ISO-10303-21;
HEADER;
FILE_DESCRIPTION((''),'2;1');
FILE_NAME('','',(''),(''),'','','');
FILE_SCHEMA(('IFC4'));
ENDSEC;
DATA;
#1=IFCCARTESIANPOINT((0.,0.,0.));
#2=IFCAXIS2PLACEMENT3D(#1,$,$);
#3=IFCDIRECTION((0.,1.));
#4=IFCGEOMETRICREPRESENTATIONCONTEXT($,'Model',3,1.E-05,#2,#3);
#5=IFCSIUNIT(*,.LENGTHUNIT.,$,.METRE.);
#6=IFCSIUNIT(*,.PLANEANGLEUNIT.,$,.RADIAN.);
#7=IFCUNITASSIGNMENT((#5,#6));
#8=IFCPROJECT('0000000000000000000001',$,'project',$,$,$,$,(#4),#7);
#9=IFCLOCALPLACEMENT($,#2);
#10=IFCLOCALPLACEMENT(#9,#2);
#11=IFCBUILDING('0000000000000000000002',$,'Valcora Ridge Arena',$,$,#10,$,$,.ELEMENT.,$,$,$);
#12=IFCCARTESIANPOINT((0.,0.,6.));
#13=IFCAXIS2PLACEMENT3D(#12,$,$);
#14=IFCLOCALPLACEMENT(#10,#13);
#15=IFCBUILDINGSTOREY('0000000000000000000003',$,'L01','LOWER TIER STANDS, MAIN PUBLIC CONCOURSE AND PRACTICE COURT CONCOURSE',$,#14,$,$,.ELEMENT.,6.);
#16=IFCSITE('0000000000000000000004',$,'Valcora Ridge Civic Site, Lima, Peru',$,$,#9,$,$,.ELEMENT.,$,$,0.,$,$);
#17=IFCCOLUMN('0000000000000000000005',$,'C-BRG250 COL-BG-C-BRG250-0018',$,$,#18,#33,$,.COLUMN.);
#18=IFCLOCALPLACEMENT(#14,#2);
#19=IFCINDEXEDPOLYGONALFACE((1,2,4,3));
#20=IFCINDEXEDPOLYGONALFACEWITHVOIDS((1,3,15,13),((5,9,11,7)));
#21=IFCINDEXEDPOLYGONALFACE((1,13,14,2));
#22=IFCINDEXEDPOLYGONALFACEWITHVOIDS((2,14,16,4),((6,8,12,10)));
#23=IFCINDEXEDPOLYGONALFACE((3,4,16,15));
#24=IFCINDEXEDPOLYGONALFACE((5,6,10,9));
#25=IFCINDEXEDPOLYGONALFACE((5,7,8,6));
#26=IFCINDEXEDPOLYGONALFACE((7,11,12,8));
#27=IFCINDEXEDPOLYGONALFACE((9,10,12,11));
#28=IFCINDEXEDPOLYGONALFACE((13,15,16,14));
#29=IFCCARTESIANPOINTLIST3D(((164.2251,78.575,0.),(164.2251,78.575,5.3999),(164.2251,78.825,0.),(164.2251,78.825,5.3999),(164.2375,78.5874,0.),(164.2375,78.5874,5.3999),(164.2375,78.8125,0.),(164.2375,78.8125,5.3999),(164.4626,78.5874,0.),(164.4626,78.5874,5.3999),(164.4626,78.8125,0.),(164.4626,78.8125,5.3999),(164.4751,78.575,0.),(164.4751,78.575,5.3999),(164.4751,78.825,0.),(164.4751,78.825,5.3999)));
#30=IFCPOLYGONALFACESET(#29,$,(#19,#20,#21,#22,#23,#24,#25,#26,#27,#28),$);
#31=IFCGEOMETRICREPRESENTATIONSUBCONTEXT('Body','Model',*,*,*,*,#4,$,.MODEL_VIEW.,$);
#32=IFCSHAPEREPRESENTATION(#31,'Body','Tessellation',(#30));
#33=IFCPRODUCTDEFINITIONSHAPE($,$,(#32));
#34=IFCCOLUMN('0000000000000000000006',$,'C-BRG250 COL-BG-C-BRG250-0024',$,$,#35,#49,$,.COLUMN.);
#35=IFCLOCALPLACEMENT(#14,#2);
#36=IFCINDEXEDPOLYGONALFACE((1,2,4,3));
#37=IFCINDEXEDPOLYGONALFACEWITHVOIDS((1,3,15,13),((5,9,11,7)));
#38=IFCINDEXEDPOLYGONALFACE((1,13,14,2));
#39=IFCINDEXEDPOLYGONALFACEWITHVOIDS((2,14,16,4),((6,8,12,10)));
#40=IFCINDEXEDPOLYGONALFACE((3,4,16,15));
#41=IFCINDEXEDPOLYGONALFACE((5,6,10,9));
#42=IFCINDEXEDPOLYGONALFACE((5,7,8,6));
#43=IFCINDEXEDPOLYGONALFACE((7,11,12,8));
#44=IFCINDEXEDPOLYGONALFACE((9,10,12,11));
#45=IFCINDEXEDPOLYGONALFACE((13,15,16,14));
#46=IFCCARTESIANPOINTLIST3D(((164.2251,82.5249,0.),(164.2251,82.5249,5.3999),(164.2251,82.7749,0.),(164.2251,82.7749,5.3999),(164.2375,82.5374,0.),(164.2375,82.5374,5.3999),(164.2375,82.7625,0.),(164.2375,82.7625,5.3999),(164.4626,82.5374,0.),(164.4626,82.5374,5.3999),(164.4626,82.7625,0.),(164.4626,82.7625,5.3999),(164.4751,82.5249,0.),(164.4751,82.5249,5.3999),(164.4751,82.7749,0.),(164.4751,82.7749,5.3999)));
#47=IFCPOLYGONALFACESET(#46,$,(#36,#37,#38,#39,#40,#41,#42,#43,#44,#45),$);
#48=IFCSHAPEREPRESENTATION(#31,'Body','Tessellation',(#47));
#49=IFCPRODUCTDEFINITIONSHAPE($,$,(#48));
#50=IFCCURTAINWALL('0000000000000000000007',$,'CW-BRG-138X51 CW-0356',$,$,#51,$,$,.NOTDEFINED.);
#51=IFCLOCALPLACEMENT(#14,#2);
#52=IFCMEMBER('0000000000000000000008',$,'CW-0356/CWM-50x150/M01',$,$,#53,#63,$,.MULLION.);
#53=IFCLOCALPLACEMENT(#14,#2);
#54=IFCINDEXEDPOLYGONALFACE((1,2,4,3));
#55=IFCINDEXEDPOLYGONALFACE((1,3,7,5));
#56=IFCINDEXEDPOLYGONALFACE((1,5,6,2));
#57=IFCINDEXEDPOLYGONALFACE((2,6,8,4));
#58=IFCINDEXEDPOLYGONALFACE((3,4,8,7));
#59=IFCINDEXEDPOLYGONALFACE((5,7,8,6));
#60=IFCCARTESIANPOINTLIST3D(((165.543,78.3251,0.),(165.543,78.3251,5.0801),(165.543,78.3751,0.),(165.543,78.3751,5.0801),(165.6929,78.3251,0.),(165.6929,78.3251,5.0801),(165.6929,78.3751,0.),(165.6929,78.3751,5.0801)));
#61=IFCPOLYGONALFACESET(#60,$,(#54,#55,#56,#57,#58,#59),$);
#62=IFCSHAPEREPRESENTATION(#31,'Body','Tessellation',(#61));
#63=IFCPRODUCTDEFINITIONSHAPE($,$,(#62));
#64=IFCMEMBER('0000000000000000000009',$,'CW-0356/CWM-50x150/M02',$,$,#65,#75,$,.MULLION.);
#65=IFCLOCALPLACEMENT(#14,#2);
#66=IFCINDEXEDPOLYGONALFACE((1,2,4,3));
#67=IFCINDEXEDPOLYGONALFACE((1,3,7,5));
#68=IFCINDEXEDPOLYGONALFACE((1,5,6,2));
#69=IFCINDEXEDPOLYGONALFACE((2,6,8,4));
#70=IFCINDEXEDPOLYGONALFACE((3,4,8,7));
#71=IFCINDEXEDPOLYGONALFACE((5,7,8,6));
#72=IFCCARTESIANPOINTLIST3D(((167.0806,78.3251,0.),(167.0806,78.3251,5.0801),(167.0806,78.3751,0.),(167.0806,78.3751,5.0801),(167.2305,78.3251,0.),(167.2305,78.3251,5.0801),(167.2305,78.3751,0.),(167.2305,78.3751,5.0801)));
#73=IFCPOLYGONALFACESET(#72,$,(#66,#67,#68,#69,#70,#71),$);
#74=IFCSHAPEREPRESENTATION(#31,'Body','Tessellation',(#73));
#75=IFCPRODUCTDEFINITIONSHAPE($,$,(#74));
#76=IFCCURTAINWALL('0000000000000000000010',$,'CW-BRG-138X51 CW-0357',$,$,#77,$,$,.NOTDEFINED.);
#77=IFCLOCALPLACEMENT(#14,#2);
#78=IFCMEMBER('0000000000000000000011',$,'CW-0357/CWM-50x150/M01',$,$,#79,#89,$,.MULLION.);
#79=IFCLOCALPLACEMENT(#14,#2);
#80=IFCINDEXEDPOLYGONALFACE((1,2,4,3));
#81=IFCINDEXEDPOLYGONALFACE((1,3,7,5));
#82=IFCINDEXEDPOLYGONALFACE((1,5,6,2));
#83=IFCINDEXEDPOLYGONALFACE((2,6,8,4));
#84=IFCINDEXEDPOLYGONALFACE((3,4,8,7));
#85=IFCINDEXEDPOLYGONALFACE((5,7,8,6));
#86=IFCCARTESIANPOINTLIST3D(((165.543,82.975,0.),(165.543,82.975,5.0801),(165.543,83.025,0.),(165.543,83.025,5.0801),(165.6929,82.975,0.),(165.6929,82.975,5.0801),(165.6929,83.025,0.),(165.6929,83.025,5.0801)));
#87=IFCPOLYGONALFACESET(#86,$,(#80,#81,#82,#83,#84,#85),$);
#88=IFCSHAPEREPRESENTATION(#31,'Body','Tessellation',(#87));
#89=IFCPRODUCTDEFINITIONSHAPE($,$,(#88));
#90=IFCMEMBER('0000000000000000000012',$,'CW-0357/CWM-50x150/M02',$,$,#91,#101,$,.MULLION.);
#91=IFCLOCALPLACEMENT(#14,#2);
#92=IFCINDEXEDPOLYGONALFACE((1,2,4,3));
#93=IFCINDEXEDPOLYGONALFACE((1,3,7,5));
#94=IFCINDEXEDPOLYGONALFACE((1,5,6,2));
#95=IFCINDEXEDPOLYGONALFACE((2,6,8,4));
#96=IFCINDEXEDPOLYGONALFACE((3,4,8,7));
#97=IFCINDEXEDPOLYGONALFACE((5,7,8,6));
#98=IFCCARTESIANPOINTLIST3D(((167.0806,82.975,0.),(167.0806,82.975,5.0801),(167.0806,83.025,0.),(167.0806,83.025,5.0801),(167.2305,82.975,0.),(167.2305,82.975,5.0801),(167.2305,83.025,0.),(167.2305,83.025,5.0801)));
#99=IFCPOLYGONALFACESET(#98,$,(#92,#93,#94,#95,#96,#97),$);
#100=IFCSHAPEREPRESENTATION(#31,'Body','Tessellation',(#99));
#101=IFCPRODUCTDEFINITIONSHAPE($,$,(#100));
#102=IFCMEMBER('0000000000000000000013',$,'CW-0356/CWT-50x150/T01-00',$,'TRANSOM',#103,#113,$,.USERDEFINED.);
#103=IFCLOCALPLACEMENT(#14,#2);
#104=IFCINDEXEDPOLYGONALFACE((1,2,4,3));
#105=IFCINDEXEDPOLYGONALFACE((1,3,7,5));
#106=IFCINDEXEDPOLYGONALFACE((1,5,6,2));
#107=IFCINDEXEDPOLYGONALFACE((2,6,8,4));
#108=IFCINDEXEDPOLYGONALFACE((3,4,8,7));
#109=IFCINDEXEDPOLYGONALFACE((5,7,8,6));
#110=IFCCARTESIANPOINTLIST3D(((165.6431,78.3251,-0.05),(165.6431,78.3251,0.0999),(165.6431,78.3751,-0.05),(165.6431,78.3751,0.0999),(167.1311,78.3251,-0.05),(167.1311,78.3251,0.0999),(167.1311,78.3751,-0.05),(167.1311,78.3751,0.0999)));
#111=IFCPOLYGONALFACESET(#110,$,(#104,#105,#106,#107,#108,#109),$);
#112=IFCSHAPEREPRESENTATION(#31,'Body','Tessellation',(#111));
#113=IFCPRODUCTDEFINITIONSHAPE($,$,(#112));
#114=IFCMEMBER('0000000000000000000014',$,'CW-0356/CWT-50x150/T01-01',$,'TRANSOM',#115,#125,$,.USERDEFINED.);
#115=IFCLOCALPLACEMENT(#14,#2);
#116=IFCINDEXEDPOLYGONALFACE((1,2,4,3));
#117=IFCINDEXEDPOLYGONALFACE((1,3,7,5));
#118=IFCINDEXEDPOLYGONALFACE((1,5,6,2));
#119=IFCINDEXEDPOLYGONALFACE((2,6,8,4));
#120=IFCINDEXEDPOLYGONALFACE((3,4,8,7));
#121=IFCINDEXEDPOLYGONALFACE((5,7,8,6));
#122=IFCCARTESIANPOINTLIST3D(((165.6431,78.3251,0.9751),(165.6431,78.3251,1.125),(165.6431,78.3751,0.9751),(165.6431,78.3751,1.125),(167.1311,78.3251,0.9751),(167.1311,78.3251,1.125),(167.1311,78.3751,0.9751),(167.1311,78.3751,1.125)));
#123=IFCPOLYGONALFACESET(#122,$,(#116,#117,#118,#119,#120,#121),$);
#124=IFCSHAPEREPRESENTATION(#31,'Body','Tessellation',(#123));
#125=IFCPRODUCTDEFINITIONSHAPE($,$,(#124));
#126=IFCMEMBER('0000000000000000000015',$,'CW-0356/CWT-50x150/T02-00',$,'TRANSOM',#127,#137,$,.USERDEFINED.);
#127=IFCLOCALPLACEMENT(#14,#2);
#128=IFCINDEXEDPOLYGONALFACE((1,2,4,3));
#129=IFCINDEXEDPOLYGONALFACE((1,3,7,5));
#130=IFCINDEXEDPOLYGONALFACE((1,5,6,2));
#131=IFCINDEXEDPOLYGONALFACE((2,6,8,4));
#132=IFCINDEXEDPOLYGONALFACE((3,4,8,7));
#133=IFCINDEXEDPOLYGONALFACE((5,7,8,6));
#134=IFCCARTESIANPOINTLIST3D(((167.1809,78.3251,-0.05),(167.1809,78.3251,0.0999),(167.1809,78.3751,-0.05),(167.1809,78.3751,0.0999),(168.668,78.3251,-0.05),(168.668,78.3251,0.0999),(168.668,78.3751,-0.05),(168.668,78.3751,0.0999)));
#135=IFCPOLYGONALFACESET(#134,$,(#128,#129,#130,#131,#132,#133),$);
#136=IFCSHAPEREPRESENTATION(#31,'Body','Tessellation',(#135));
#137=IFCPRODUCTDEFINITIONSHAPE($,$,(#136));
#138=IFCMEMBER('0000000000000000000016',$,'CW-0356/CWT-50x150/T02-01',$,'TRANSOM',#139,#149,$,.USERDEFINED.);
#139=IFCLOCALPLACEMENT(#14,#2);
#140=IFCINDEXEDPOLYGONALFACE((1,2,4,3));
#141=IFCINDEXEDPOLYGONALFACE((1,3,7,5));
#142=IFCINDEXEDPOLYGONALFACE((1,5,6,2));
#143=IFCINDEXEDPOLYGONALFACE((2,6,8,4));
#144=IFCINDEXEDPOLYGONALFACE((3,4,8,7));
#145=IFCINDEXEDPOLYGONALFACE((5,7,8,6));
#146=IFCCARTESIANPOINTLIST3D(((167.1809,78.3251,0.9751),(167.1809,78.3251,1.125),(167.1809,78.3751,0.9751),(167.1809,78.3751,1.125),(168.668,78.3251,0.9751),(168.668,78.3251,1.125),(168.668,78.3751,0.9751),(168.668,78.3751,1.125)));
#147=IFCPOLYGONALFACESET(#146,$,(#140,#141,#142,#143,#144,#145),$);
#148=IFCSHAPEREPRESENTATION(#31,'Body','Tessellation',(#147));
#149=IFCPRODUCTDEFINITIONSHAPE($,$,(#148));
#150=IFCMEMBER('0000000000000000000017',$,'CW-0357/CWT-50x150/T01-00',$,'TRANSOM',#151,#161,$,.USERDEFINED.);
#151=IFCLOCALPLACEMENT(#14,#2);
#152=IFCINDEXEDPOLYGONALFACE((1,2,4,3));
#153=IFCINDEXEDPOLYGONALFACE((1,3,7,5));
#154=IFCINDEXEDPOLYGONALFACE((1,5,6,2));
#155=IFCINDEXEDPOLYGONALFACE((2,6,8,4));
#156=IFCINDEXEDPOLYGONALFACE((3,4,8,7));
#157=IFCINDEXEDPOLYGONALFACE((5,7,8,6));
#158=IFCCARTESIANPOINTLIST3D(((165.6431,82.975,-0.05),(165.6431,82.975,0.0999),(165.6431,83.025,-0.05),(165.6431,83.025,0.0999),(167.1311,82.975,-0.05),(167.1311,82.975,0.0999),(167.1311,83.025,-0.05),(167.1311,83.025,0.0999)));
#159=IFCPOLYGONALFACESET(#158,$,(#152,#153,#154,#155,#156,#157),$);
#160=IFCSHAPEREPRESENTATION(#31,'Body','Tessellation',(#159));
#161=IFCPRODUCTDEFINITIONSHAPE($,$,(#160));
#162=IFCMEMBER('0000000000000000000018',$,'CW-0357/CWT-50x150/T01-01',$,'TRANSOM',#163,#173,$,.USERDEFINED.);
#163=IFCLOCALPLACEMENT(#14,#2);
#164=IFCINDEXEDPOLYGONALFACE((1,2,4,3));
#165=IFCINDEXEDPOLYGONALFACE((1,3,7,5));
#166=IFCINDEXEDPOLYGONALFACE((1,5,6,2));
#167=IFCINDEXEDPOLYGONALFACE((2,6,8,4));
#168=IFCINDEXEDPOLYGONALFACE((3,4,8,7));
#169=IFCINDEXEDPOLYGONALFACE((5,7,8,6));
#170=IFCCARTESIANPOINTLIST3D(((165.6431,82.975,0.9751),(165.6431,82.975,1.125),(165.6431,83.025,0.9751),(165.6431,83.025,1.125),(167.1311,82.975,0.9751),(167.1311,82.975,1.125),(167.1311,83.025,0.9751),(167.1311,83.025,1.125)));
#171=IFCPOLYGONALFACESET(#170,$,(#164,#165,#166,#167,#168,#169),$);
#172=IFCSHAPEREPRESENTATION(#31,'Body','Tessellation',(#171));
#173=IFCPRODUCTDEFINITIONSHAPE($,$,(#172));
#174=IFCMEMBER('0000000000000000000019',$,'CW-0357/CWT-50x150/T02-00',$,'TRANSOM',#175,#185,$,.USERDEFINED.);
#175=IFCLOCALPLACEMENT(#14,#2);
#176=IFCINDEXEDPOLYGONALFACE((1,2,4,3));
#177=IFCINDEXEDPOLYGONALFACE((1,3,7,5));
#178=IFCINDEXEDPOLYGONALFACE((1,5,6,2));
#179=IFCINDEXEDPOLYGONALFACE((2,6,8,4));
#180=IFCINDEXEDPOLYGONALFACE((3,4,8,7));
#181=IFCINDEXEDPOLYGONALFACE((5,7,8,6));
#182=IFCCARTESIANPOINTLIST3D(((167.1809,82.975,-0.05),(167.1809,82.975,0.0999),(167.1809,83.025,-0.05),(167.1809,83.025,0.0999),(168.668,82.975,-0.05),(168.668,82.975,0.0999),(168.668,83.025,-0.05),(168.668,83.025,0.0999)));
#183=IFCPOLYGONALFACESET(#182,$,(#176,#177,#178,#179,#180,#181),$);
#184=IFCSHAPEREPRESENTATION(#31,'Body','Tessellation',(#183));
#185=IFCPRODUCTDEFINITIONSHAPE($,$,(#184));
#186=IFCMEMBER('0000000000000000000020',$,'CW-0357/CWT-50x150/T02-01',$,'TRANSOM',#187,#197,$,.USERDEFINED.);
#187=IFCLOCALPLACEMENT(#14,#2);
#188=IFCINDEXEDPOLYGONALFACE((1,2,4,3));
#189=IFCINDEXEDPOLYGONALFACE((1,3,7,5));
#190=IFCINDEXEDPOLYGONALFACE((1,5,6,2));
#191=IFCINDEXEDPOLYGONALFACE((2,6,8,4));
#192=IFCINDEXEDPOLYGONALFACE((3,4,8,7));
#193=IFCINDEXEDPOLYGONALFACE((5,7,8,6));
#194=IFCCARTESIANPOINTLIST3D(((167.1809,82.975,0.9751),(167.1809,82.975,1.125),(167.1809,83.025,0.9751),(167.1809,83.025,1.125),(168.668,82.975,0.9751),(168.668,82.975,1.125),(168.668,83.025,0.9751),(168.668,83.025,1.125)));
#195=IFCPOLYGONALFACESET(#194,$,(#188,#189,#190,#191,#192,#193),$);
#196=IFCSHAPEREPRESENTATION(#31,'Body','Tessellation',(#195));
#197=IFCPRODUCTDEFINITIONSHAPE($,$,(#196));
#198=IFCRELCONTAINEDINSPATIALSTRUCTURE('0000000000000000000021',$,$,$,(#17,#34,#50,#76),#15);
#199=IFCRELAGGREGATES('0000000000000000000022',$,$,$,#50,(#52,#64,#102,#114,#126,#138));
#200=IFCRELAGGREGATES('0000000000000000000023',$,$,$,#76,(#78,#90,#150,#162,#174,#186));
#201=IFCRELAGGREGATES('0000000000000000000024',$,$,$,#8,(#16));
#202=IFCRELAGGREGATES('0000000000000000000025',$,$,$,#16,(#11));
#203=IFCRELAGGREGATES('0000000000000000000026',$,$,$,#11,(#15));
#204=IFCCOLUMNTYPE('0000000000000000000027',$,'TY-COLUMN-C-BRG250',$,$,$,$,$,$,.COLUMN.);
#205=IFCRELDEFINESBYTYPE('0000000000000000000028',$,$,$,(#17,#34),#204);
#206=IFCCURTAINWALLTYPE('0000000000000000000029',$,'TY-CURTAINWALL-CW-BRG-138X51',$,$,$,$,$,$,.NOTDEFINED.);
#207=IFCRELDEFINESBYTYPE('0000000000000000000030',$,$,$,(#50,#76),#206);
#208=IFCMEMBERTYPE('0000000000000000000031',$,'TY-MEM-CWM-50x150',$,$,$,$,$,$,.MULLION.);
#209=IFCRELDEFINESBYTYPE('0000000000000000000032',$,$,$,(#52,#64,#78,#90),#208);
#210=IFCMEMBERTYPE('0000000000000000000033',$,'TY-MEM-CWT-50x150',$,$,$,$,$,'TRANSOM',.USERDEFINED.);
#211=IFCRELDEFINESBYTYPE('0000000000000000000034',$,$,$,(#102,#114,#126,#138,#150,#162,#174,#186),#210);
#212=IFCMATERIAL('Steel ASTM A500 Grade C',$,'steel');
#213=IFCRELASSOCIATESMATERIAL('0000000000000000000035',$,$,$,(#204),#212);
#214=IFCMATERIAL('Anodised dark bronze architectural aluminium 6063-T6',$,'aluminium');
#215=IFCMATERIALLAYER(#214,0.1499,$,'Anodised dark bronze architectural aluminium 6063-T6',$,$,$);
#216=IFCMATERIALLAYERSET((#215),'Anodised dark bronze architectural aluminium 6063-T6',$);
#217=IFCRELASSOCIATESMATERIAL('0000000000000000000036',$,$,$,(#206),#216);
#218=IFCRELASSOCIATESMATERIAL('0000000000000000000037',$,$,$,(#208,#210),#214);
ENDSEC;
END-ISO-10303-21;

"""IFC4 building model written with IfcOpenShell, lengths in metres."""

from ifc_helpers import new_model, si_unit, direction, frame, origin, origin_2d, place, context, subcontext, project, spatial, rectangle, hollow_rectangle, extrude, material, layer, layer_set, material_profile, profile_set, type_object, element, aggregate, save


model = new_model("IFC4")

# Units and contexts
model_context = context("Model", 3, precision=1e-05, world=origin(), true_north=direction((0.0, 1.0)))
body_context = subcontext(model_context, "Body", "Model", "MODEL_VIEW")
ifc_project = project(units=[si_unit("LENGTHUNIT", "METRE"), si_unit("PLANEANGLEUNIT", "RADIAN")], contexts=[model_context])

# Site, building, storey
site_placement = place(None, origin())
site = spatial("IfcSite", under=ifc_project, at=site_placement, Name="Valcora Ridge Civic Site, Lima, Peru", CompositionType="ELEMENT", RefElevation=0.0)
building_placement = place(site_placement, origin())
building = spatial("IfcBuilding", under=site, at=building_placement, Name="Valcora Ridge Arena", CompositionType="ELEMENT")
storey_placement = place(building_placement, frame((0.0, 0.0, 6.0)))
storey = spatial("IfcBuildingStorey", under=building, at=storey_placement, Name="L01", Description="LOWER TIER STANDS, MAIN PUBLIC CONCOURSE AND PRACTICE COURT CONCOURSE", CompositionType="ELEMENT", Elevation=6.0)

# Columns
ifc_material_1 = material(Name="Steel ASTM A500 Grade C", Category="steel")
ifc_material_profile_1 = material_profile(ifc_material_1, hollow_rectangle(XDim=0.25, YDim=0.25, WallThickness=0.0125, at=origin_2d()), Name="HSS250X250X12")
ifc_profile_set_1 = profile_set([ifc_material_profile_1], Name="Steel ASTM A500 Grade C")
column_type = type_object("IfcColumnType", Name="TY-COLUMN-C-BRG250", PredefinedType="COLUMN", material=ifc_profile_set_1)
for number, where, z_axis, x_axis, name in (
    (1, (164.3501, 78.7, 0.0), (0.0, 0.0, 1.0), (1.0, 0.0, 0.0), "C-BRG250 COL-BG-C-BRG250-0018"),
    (2, (164.3501, 82.6499, 0.0), (0.0, 0.0, 1.0), (1.0, 0.0, 0.0), "C-BRG250 COL-BG-C-BRG250-0024"),
):
    element("IfcColumn", number, at=place(storey_placement, frame(where, z_axis=z_axis, x_axis=x_axis)), inside=storey, type_object=column_type, Name=name, PredefinedType="COLUMN", context=body_context, shape_type="SweptSolid", body=[
        extrude(hollow_rectangle(XDim=0.25, YDim=0.25, WallThickness=0.0125, at=origin_2d()), origin(), (0.0, 0.0, 1.0), 5.3999),
    ])

# Curtain walls, members
ifc_material_2 = material(Name="Anodised dark bronze architectural aluminium 6063-T6", Category="aluminium")
ifc_layer_1 = layer(ifc_material_2, 0.1499, Name="Anodised dark bronze architectural aluminium 6063-T6")
ifc_layer_set_1 = layer_set([ifc_layer_1], Name="Anodised dark bronze architectural aluminium 6063-T6")
curtain_wall_type = type_object("IfcCurtainWallType", Name="TY-CURTAINWALL-CW-BRG-138X51", PredefinedType="NOTDEFINED", material=ifc_layer_set_1)
curtain_wall_1_placement = place(storey_placement, origin())
curtain_wall_1 = element("IfcCurtainWall", 3, at=curtain_wall_1_placement, inside=storey, type_object=curtain_wall_type, Name="CW-BRG-138X51 CW-0356", PredefinedType="NOTDEFINED")
ifc_material_profile_2 = material_profile(ifc_material_2, rectangle(XDim=0.05, YDim=0.1499, at=origin_2d()), Name="ALU MULLION 50x150")
ifc_profile_set_2 = profile_set([ifc_material_profile_2], Name="Anodised dark bronze architectural aluminium 6063-T6")
member_type_1 = type_object("IfcMemberType", Name="TY-MEM-CWM-50x150", PredefinedType="MULLION", material=ifc_profile_set_2)
member_1_placement = place(storey_placement, frame((165.6179, 78.3501, 0.0), z_axis=(0.0, 0.0, 1.0), x_axis=(0.0, 1.0, 0.0)))
member_1 = element("IfcMember", 4, at=member_1_placement, type_object=member_type_1, Name="CW-0356/CWM-50x150/M01", PredefinedType="MULLION", context=body_context, shape_type="SweptSolid", body=[
    extrude(rectangle(XDim=0.05, YDim=0.1499, at=origin_2d()), origin(), (0.0, 0.0, 1.0), 5.0801),
])
member_2_placement = place(storey_placement, frame((167.1555, 78.3501, 0.0), z_axis=(0.0, 0.0, 1.0), x_axis=(0.0, 1.0, 0.0)))
member_2 = element("IfcMember", 5, at=member_2_placement, type_object=member_type_1, Name="CW-0356/CWM-50x150/M02", PredefinedType="MULLION", context=body_context, shape_type="SweptSolid", body=[
    extrude(rectangle(XDim=0.05, YDim=0.1499, at=origin_2d()), origin(), (0.0, 0.0, 1.0), 5.0801),
])
curtain_wall_2_placement = place(storey_placement, origin())
curtain_wall_2 = element("IfcCurtainWall", 6, at=curtain_wall_2_placement, inside=storey, type_object=curtain_wall_type, Name="CW-BRG-138X51 CW-0357", PredefinedType="NOTDEFINED")
member_3_placement = place(storey_placement, frame((165.6179, 83.0, 0.0), z_axis=(0.0, 0.0, 1.0), x_axis=(0.0, 1.0, 0.0)))
member_3 = element("IfcMember", 7, at=member_3_placement, type_object=member_type_1, Name="CW-0357/CWM-50x150/M01", PredefinedType="MULLION", context=body_context, shape_type="SweptSolid", body=[
    extrude(rectangle(XDim=0.05, YDim=0.1499, at=origin_2d()), origin(), (0.0, 0.0, 1.0), 5.0801),
])
member_4_placement = place(storey_placement, frame((167.1555, 83.0, 0.0), z_axis=(0.0, 0.0, 1.0), x_axis=(0.0, 1.0, 0.0)))
member_4 = element("IfcMember", 8, at=member_4_placement, type_object=member_type_1, Name="CW-0357/CWM-50x150/M02", PredefinedType="MULLION", context=body_context, shape_type="SweptSolid", body=[
    extrude(rectangle(XDim=0.05, YDim=0.1499, at=origin_2d()), origin(), (0.0, 0.0, 1.0), 5.0801),
])

# Members
ifc_material_profile_3 = material_profile(ifc_material_2, rectangle(XDim=0.05, YDim=0.1499, at=origin_2d()), Name="ALU TRANSOM 50x150")
ifc_profile_set_3 = profile_set([ifc_material_profile_3], Name="Anodised dark bronze architectural aluminium 6063-T6")
member_type_2 = type_object("IfcMemberType", Name="TY-MEM-CWT-50x150", ElementType="TRANSOM", PredefinedType="USERDEFINED", material=ifc_profile_set_3)
member_5_placement = place(storey_placement, frame((165.6431, 78.3501, 0.0249), z_axis=(1.0, 0.0, 0.0), x_axis=(0.0, 1.0, 0.0)))
member_5 = element("IfcMember", 9, at=member_5_placement, type_object=member_type_2, Name="CW-0356/CWT-50x150/T01-00", ObjectType="TRANSOM", PredefinedType="USERDEFINED", context=body_context, shape_type="SweptSolid", body=[
    extrude(rectangle(XDim=0.05, YDim=0.1499, at=origin_2d()), origin(), (0.0, 0.0, 1.0), 1.488),
])
member_6_placement = place(storey_placement, frame((165.6431, 78.3501, 1.05), z_axis=(1.0, 0.0, 0.0), x_axis=(0.0, 1.0, 0.0)))
member_6 = element("IfcMember", 10, at=member_6_placement, type_object=member_type_2, Name="CW-0356/CWT-50x150/T01-01", ObjectType="TRANSOM", PredefinedType="USERDEFINED", context=body_context, shape_type="SweptSolid", body=[
    extrude(rectangle(XDim=0.05, YDim=0.1499, at=origin_2d()), origin(), (0.0, 0.0, 1.0), 1.488),
])
member_7_placement = place(storey_placement, frame((167.1809, 78.3501, 0.0249), z_axis=(1.0, 0.0, 0.0), x_axis=(0.0, 1.0, 0.0)))
member_7 = element("IfcMember", 11, at=member_7_placement, type_object=member_type_2, Name="CW-0356/CWT-50x150/T02-00", ObjectType="TRANSOM", PredefinedType="USERDEFINED", context=body_context, shape_type="SweptSolid", body=[
    extrude(rectangle(XDim=0.05, YDim=0.1499, at=origin_2d()), origin(), (0.0, 0.0, 1.0), 1.4871),
])
member_8_placement = place(storey_placement, frame((167.1809, 78.3501, 1.05), z_axis=(1.0, 0.0, 0.0), x_axis=(0.0, 1.0, 0.0)))
member_8 = element("IfcMember", 12, at=member_8_placement, type_object=member_type_2, Name="CW-0356/CWT-50x150/T02-01", ObjectType="TRANSOM", PredefinedType="USERDEFINED", context=body_context, shape_type="SweptSolid", body=[
    extrude(rectangle(XDim=0.05, YDim=0.1499, at=origin_2d()), origin(), (0.0, 0.0, 1.0), 1.4871),
])
member_9_placement = place(storey_placement, frame((165.6431, 83.0, 0.0249), z_axis=(1.0, 0.0, 0.0), x_axis=(0.0, 1.0, 0.0)))
member_9 = element("IfcMember", 13, at=member_9_placement, type_object=member_type_2, Name="CW-0357/CWT-50x150/T01-00", ObjectType="TRANSOM", PredefinedType="USERDEFINED", context=body_context, shape_type="SweptSolid", body=[
    extrude(rectangle(XDim=0.05, YDim=0.1499, at=origin_2d()), origin(), (0.0, 0.0, 1.0), 1.488),
])
member_10_placement = place(storey_placement, frame((165.6431, 83.0, 1.05), z_axis=(1.0, 0.0, 0.0), x_axis=(0.0, 1.0, 0.0)))
member_10 = element("IfcMember", 14, at=member_10_placement, type_object=member_type_2, Name="CW-0357/CWT-50x150/T01-01", ObjectType="TRANSOM", PredefinedType="USERDEFINED", context=body_context, shape_type="SweptSolid", body=[
    extrude(rectangle(XDim=0.05, YDim=0.1499, at=origin_2d()), origin(), (0.0, 0.0, 1.0), 1.488),
])
member_11_placement = place(storey_placement, frame((167.1809, 83.0, 0.0249), z_axis=(1.0, 0.0, 0.0), x_axis=(0.0, 1.0, 0.0)))
member_11 = element("IfcMember", 15, at=member_11_placement, type_object=member_type_2, Name="CW-0357/CWT-50x150/T02-00", ObjectType="TRANSOM", PredefinedType="USERDEFINED", context=body_context, shape_type="SweptSolid", body=[
    extrude(rectangle(XDim=0.05, YDim=0.1499, at=origin_2d()), origin(), (0.0, 0.0, 1.0), 1.4871),
])
member_12_placement = place(storey_placement, frame((167.1809, 83.0, 1.05), z_axis=(1.0, 0.0, 0.0), x_axis=(0.0, 1.0, 0.0)))
member_12 = element("IfcMember", 16, at=member_12_placement, type_object=member_type_2, Name="CW-0357/CWT-50x150/T02-01", ObjectType="TRANSOM", PredefinedType="USERDEFINED", context=body_context, shape_type="SweptSolid", body=[
    extrude(rectangle(XDim=0.05, YDim=0.1499, at=origin_2d()), origin(), (0.0, 0.0, 1.0), 1.4871),
])

aggregate(curtain_wall_1, [member_1, member_2, member_5, member_6, member_7, member_8])
aggregate(curtain_wall_2, [member_3, member_4, member_9, member_10, member_11, member_12])

save(model, "model.ifc")
